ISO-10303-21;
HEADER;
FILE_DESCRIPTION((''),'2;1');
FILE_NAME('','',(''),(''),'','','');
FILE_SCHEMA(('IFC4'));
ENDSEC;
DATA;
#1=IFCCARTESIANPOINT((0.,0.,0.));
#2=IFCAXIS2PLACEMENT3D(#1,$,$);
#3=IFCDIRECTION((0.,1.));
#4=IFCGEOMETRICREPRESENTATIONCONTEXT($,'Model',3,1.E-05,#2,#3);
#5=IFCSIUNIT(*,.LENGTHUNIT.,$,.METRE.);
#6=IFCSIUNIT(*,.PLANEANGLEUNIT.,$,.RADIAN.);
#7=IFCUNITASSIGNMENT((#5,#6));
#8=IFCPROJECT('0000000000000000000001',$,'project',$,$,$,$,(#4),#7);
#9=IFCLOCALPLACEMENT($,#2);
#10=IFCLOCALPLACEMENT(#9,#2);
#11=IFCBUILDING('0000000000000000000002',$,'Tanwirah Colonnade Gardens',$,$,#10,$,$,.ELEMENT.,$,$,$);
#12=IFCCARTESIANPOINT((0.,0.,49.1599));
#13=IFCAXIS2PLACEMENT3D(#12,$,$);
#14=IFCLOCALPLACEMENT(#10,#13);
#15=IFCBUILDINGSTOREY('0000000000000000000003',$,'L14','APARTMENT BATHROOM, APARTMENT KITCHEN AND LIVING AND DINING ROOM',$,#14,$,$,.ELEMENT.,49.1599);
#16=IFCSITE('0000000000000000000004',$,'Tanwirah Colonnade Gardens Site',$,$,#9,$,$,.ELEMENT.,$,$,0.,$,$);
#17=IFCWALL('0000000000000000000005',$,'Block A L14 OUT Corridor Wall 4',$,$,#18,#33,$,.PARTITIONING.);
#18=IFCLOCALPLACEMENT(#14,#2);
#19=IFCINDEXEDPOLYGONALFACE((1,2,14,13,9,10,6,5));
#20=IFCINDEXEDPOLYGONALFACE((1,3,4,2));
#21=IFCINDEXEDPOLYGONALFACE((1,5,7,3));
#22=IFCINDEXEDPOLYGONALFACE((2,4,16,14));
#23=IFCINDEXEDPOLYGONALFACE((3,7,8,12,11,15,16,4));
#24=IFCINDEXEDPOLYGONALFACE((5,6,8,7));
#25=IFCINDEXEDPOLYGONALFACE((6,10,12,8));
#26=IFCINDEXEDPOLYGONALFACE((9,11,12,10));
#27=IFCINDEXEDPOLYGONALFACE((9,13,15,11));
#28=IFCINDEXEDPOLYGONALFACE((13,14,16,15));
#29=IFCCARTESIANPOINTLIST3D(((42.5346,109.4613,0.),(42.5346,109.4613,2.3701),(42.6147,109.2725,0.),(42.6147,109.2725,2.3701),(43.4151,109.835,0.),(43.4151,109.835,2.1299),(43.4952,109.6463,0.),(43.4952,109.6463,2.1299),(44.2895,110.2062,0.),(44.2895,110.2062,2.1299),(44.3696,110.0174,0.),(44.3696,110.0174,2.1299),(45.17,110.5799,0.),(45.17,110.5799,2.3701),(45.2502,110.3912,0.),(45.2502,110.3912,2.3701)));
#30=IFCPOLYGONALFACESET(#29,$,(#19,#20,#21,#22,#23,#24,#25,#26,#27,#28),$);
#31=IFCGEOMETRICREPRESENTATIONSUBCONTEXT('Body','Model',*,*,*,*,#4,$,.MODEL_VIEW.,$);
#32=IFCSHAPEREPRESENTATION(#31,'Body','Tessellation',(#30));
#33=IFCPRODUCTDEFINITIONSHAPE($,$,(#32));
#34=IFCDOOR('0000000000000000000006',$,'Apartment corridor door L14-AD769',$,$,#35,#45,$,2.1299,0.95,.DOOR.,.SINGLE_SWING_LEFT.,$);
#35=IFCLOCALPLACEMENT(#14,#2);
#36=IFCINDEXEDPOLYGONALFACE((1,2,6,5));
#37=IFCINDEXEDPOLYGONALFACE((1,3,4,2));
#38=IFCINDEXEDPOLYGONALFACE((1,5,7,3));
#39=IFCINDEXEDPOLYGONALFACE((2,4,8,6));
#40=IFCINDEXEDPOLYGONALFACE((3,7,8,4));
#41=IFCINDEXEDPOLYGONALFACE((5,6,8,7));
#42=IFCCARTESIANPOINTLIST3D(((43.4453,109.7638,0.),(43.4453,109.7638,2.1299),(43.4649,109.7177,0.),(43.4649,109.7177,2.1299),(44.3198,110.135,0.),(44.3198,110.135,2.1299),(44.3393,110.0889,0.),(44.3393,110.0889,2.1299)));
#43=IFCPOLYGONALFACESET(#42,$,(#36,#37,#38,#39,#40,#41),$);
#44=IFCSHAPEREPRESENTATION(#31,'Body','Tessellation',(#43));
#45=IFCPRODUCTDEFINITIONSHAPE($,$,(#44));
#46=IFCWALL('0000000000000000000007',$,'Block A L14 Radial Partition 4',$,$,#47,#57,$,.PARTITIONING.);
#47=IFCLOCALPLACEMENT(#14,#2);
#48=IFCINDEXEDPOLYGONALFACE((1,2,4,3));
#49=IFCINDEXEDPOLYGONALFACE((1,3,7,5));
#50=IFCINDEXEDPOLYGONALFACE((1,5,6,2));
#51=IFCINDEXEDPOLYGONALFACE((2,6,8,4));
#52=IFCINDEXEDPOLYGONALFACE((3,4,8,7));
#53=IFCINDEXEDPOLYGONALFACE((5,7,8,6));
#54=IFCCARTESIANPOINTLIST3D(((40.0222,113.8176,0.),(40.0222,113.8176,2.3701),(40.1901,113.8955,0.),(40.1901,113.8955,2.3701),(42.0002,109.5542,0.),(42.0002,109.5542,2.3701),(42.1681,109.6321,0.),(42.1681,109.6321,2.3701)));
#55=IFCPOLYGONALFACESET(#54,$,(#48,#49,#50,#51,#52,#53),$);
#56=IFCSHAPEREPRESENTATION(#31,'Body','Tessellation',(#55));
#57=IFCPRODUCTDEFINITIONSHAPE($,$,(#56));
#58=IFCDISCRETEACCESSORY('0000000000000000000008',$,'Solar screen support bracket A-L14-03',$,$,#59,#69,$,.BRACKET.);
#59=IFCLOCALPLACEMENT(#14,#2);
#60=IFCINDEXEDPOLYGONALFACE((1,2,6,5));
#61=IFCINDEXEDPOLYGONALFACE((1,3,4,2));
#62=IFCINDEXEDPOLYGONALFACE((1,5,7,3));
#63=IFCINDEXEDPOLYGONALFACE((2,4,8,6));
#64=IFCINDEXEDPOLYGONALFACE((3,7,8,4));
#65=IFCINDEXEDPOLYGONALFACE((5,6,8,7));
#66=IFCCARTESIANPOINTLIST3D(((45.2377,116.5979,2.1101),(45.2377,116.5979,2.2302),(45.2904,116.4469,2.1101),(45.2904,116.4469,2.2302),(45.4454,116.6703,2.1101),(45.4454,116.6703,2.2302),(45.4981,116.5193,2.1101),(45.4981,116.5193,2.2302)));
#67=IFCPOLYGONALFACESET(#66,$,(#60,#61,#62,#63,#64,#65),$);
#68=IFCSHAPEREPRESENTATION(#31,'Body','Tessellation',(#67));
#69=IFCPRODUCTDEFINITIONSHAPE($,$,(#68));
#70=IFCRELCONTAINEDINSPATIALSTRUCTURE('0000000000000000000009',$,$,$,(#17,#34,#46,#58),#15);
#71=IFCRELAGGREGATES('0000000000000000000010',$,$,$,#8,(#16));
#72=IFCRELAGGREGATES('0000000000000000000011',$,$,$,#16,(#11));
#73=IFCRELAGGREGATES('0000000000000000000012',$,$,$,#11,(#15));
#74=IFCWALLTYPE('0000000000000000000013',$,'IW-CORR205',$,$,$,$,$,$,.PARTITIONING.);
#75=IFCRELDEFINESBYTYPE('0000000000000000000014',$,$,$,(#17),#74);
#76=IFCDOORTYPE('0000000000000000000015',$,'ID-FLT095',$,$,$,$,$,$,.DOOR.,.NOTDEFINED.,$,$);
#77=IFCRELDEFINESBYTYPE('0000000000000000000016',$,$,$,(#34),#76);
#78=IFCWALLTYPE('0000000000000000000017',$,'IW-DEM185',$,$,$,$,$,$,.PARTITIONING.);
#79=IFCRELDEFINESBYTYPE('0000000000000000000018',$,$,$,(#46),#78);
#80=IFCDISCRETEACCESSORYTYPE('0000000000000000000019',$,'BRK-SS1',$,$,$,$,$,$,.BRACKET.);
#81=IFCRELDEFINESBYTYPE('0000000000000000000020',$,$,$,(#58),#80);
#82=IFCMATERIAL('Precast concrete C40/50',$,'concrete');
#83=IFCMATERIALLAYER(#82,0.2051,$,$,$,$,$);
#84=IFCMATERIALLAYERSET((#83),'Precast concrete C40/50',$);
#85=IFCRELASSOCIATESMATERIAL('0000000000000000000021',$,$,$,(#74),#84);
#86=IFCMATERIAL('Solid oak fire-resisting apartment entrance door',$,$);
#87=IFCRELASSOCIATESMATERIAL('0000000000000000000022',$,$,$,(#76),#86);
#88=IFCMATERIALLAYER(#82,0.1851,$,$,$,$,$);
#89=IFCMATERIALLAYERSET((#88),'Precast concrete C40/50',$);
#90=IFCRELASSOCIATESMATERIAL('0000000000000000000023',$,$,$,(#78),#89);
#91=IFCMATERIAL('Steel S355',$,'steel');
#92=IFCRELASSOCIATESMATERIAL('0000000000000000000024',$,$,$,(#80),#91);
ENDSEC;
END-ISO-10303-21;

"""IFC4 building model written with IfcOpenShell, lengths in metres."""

from ifc_helpers import new_model, si_unit, direction, frame, frame_2d, origin, origin_2d, place, context, subcontext, project, spatial, rectangle, extrude, material, layer, layer_set, type_object, element, fill, save


model = new_model("IFC4")

# Units and contexts
model_context = context("Model", 3, precision=1e-05, world=origin(), true_north=direction((0.0, 1.0)))
body_context = subcontext(model_context, "Body", "Model", "MODEL_VIEW")
ifc_project = project(units=[si_unit("LENGTHUNIT", "METRE"), si_unit("PLANEANGLEUNIT", "RADIAN")], contexts=[model_context])

# Site, building, storey
site_placement = place(None, origin())
site = spatial("IfcSite", under=ifc_project, at=site_placement, Name="Tanwirah Colonnade Gardens Site", CompositionType="ELEMENT", RefElevation=0.0)
building_placement = place(site_placement, origin())
building = spatial("IfcBuilding", under=site, at=building_placement, Name="Tanwirah Colonnade Gardens", CompositionType="ELEMENT")
storey_placement = place(building_placement, frame((0.0, 0.0, 49.1599)))
storey = spatial("IfcBuildingStorey", under=building, at=storey_placement, Name="L14", Description="APARTMENT BATHROOM, APARTMENT KITCHEN AND LIVING AND DINING ROOM", CompositionType="ELEMENT", Elevation=49.1599)

# Shared definitions
ifc_material_1 = material(Name="Precast concrete C40/50", Category="concrete")

# Wall, opening, door
ifc_layer_1 = layer(ifc_material_1, 0.2051)
ifc_layer_set_1 = layer_set([ifc_layer_1], Name="Precast concrete C40/50")
wall_type_1 = type_object("IfcWallType", Name="IW-CORR205", PredefinedType="PARTITIONING", material=ifc_layer_set_1)
wall_1_placement = place(storey_placement, frame((45.2102, 110.4856, 0.0), z_axis=(0.0, 0.0, 1.0), x_axis=(-0.920511, -0.390716, 0.0)))
wall_1 = element("IfcWall", 1, at=wall_1_placement, inside=storey, type_object=wall_type_1, Name="Block A L14 OUT Corridor Wall 4", PredefinedType="PARTITIONING", context=body_context, shape_type="SweptSolid", body=[
    extrude(rectangle(XDim=2.863, YDim=0.2051, at=frame_2d((1.4316, 0.0))), origin(), (0.0, 0.0, 1.0), 2.3701),
])
opening_1_placement = place(wall_1_placement, frame((0.9565, 0.0, 0.0)))
opening_1 = element("IfcOpeningElement", 2, at=opening_1_placement, cuts=wall_1, PredefinedType="OPENING", context=body_context, shape_type="SweptSolid", body=[
    extrude(rectangle(XDim=0.95, YDim=2.1299, at=frame_2d((0.4751, 1.0649))), frame((0.0, 0.1125, 0.0), z_axis=(0.0, -1.0, 0.0), x_axis=(1.0, 0.0, 0.0)), (0.0, 0.0, 1.0), 0.2251),
])
ifc_material_2 = material(Name="Solid oak fire-resisting apartment entrance door")
door_type_1 = type_object("IfcDoorType", Name="ID-FLT095", OperationType="NOTDEFINED", PredefinedType="DOOR", material=ifc_material_2)
door_1_placement = place(opening_1_placement, origin())
door_1 = element("IfcDoor", 3, at=door_1_placement, inside=storey, type_object=door_type_1, Name="Apartment corridor door L14-AD769", OperationType="SINGLE_SWING_LEFT", OverallHeight=2.1299, OverallWidth=0.95, PredefinedType="DOOR", context=body_context, shape_type="SweptSolid", body=[
    extrude(rectangle(XDim=0.95, YDim=2.1299, at=frame_2d((0.4751, 1.0649))), frame((0.0, 0.0249, 0.0), z_axis=(0.0, -1.0, 0.0), x_axis=(1.0, 0.0, 0.0)), (0.0, 0.0, 1.0), 0.05),
])
fill(opening_1, door_1)

# Wall
ifc_layer_2 = layer(ifc_material_1, 0.1851)
ifc_layer_set_2 = layer_set([ifc_layer_2], Name="Precast concrete C40/50")
wall_type_2 = type_object("IfcWallType", Name="IW-DEM185", PredefinedType="PARTITIONING", material=ifc_layer_set_2)
wall_2_placement = place(storey_placement, frame((42.0842, 109.593, 0.0), z_axis=(0.0, 0.0, 1.0), x_axis=(-0.420863, 0.907124, 0.0)))
element("IfcWall", 4, at=wall_2_placement, inside=storey, type_object=wall_type_2, Name="Block A L14 Radial Partition 4", PredefinedType="PARTITIONING", context=body_context, shape_type="SweptSolid", body=[
    extrude(rectangle(XDim=4.7, YDim=0.1851, at=frame_2d((2.3501, 0.0))), origin(), (0.0, 0.0, 1.0), 2.3701),
])

# Discrete accessory
ifc_material_3 = material(Name="Steel S355", Category="steel")
discrete_accessory_type = type_object("IfcDiscreteAccessoryType", Name="BRK-SS1", PredefinedType="BRACKET", material=ifc_material_3)
discrete_accessory_placement = place(storey_placement, frame((45.3679, 116.5586, 2.1101), z_axis=(0.0, 0.0, 1.0), x_axis=(-0.944249, -0.329234, 0.0)))
element("IfcDiscreteAccessory", 5, at=discrete_accessory_placement, inside=storey, type_object=discrete_accessory_type, Name="Solar screen support bracket A-L14-03", PredefinedType="BRACKET", context=body_context, shape_type="SweptSolid", body=[
    extrude(rectangle(XDim=0.22, YDim=0.1599, at=origin_2d()), origin(), (0.0, 0.0, 1.0), 0.1201),
])

save(model, "model.ifc")
